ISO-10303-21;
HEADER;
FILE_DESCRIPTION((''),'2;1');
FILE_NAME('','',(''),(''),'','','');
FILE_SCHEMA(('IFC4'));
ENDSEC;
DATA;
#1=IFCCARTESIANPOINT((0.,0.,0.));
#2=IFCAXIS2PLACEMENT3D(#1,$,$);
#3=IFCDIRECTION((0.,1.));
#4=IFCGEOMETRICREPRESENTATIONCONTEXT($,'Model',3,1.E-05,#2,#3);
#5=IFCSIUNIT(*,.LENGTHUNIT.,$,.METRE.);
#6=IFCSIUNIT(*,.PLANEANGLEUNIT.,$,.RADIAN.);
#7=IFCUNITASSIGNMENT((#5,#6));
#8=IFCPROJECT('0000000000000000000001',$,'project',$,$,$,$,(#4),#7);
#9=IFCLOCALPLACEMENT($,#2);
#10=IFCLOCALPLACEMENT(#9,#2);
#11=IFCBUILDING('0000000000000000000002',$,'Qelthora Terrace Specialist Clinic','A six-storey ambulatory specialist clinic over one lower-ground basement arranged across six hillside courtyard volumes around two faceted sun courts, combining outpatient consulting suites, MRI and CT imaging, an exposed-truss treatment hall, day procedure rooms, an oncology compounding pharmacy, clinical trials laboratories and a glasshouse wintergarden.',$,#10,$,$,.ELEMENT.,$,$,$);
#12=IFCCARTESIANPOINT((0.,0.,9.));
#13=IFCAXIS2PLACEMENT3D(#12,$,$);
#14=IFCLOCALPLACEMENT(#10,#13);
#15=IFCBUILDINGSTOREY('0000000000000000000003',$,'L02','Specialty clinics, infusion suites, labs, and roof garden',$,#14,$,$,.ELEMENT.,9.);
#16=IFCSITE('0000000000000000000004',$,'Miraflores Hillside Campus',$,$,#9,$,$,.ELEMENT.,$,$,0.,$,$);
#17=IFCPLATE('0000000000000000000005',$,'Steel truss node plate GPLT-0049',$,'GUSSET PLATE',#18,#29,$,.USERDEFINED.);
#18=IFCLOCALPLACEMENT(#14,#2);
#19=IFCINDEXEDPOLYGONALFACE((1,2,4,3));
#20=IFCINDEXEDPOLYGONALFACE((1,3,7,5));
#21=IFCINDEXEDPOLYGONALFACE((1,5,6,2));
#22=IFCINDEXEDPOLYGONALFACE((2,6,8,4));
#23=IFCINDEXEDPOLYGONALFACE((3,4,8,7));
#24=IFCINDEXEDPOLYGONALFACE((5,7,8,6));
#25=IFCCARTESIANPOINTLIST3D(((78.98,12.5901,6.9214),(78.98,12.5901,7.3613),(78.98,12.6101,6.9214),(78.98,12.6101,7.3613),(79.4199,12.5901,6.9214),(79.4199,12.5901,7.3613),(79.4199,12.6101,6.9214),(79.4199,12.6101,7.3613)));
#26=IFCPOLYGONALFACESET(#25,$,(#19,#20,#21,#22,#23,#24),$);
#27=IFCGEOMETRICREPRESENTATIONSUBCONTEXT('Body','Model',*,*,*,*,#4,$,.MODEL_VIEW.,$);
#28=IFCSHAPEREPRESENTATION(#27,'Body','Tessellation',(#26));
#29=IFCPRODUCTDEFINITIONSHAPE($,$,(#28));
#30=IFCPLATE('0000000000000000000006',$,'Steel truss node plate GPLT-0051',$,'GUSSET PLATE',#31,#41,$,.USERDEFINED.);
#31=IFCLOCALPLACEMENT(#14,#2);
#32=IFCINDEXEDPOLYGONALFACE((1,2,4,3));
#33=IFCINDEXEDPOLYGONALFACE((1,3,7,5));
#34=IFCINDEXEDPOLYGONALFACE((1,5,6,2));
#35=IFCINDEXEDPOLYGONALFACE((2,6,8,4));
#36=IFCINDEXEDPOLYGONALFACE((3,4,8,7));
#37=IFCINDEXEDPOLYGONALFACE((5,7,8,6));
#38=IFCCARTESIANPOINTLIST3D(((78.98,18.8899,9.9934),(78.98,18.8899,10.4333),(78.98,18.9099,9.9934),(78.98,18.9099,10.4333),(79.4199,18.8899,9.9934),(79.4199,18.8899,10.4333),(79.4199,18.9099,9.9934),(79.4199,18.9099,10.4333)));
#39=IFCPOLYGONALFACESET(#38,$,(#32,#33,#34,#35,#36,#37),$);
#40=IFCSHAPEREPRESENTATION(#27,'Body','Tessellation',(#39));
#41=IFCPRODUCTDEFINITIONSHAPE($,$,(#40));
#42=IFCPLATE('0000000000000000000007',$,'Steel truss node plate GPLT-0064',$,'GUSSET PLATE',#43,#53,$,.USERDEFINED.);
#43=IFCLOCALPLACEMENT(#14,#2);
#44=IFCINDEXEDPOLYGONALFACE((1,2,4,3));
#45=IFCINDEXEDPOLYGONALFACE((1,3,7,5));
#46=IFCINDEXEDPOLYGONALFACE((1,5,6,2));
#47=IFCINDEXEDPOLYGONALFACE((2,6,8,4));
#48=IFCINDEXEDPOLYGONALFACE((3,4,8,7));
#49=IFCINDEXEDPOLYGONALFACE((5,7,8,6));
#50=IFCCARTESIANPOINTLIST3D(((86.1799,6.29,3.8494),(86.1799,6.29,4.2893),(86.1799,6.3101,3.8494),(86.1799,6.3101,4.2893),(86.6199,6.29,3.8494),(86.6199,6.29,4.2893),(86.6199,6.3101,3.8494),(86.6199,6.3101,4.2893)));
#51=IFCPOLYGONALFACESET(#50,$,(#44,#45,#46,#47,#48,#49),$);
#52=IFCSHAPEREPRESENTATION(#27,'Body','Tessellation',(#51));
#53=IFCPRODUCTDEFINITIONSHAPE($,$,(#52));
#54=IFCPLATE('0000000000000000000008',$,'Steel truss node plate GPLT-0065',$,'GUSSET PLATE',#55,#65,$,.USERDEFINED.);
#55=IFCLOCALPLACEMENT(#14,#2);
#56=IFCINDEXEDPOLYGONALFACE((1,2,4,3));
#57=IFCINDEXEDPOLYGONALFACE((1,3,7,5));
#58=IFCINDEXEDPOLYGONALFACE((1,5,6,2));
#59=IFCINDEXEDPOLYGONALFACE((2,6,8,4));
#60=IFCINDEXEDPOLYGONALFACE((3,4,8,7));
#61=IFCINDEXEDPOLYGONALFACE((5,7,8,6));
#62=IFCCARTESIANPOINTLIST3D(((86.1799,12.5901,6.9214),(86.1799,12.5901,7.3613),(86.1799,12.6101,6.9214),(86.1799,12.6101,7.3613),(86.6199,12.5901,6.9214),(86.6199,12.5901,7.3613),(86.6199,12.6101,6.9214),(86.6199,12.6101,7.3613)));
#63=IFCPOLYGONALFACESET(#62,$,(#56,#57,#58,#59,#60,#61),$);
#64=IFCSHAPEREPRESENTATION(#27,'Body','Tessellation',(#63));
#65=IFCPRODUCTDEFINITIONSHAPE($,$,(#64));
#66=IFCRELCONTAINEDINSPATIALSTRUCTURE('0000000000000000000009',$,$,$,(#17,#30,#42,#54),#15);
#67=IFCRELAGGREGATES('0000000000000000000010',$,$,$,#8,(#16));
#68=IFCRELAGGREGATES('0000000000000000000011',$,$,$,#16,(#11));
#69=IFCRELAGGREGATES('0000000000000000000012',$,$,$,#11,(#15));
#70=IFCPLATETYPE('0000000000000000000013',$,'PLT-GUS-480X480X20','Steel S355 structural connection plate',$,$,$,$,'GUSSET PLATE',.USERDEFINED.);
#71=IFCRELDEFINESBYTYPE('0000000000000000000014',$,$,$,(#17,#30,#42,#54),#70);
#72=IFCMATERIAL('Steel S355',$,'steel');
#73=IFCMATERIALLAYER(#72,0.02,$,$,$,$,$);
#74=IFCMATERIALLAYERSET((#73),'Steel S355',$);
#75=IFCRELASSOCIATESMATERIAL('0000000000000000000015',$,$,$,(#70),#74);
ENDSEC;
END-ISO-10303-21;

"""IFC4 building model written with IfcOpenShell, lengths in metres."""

from ifc_helpers import new_model, si_unit, direction, frame, origin, origin_2d, place, context, subcontext, project, spatial, rectangle, extrude, material, layer, layer_set, type_object, element, save


model = new_model("IFC4")

# Units and contexts
model_context = context("Model", 3, precision=1e-05, world=origin(), true_north=direction((0.0, 1.0)))
body_context = subcontext(model_context, "Body", "Model", "MODEL_VIEW")
ifc_project = project(units=[si_unit("LENGTHUNIT", "METRE"), si_unit("PLANEANGLEUNIT", "RADIAN")], contexts=[model_context])

# Site, building, storey
site_placement = place(None, origin())
site = spatial("IfcSite", under=ifc_project, at=site_placement, Name="Miraflores Hillside Campus", CompositionType="ELEMENT", RefElevation=0.0)
building_placement = place(site_placement, origin())
building = spatial("IfcBuilding", under=site, at=building_placement, Name="Qelthora Terrace Specialist Clinic", Description="A six-storey ambulatory specialist clinic over one lower-ground basement arranged across six hillside courtyard volumes around two faceted sun courts, combining outpatient consulting suites, MRI and CT imaging, an exposed-truss treatment hall, day procedure rooms, an oncology compounding pharmacy, clinical trials laboratories and a glasshouse wintergarden.", CompositionType="ELEMENT")
storey_placement = place(building_placement, frame((0.0, 0.0, 9.0)))
storey = spatial("IfcBuildingStorey", under=building, at=storey_placement, Name="L02", Description="Specialty clinics, infusion suites, labs, and roof garden", CompositionType="ELEMENT", Elevation=9.0)

# Shared definitions
ifc_material = material(Name="Steel S355", Category="steel")

# Plates
ifc_layer_1 = layer(ifc_material, 0.02)
ifc_layer_set_1 = layer_set([ifc_layer_1], Name="Steel S355")
plate_type_1 = type_object("IfcPlateType", Name="PLT-GUS-480X480X20", Description="Steel S355 structural connection plate", ElementType="GUSSET PLATE", PredefinedType="USERDEFINED", material=ifc_layer_set_1)
for number, where, z_axis, x_axis, name in (
    (1, (79.2, 12.6001, 6.9214), (0.0, 0.0, 1.0), (1.0, 0.0, 0.0), "Steel truss node plate GPLT-0049"),
    (2, (79.2, 18.8999, 9.9934), (0.0, 0.0, 1.0), (1.0, 0.0, 0.0), "Steel truss node plate GPLT-0051"),
    (3, (86.3999, 6.3, 3.8494), (0.0, 0.0, 1.0), (1.0, 0.0, 0.0), "Steel truss node plate GPLT-0064"),
    (4, (86.3999, 12.6001, 6.9214), (0.0, 0.0, 1.0), (1.0, 0.0, 0.0), "Steel truss node plate GPLT-0065"),
):
    element("IfcPlate", number, at=place(storey_placement, frame(where, z_axis=z_axis, x_axis=x_axis)), inside=storey, type_object=plate_type_1, Name=name, ObjectType="GUSSET PLATE", PredefinedType="USERDEFINED", context=body_context, shape_type="SweptSolid", body=[
        extrude(rectangle(XDim=0.4399, YDim=0.02, at=origin_2d()), origin(), (0.0, 0.0, 1.0), 0.4399),
    ])

save(model, "model.ifc")
